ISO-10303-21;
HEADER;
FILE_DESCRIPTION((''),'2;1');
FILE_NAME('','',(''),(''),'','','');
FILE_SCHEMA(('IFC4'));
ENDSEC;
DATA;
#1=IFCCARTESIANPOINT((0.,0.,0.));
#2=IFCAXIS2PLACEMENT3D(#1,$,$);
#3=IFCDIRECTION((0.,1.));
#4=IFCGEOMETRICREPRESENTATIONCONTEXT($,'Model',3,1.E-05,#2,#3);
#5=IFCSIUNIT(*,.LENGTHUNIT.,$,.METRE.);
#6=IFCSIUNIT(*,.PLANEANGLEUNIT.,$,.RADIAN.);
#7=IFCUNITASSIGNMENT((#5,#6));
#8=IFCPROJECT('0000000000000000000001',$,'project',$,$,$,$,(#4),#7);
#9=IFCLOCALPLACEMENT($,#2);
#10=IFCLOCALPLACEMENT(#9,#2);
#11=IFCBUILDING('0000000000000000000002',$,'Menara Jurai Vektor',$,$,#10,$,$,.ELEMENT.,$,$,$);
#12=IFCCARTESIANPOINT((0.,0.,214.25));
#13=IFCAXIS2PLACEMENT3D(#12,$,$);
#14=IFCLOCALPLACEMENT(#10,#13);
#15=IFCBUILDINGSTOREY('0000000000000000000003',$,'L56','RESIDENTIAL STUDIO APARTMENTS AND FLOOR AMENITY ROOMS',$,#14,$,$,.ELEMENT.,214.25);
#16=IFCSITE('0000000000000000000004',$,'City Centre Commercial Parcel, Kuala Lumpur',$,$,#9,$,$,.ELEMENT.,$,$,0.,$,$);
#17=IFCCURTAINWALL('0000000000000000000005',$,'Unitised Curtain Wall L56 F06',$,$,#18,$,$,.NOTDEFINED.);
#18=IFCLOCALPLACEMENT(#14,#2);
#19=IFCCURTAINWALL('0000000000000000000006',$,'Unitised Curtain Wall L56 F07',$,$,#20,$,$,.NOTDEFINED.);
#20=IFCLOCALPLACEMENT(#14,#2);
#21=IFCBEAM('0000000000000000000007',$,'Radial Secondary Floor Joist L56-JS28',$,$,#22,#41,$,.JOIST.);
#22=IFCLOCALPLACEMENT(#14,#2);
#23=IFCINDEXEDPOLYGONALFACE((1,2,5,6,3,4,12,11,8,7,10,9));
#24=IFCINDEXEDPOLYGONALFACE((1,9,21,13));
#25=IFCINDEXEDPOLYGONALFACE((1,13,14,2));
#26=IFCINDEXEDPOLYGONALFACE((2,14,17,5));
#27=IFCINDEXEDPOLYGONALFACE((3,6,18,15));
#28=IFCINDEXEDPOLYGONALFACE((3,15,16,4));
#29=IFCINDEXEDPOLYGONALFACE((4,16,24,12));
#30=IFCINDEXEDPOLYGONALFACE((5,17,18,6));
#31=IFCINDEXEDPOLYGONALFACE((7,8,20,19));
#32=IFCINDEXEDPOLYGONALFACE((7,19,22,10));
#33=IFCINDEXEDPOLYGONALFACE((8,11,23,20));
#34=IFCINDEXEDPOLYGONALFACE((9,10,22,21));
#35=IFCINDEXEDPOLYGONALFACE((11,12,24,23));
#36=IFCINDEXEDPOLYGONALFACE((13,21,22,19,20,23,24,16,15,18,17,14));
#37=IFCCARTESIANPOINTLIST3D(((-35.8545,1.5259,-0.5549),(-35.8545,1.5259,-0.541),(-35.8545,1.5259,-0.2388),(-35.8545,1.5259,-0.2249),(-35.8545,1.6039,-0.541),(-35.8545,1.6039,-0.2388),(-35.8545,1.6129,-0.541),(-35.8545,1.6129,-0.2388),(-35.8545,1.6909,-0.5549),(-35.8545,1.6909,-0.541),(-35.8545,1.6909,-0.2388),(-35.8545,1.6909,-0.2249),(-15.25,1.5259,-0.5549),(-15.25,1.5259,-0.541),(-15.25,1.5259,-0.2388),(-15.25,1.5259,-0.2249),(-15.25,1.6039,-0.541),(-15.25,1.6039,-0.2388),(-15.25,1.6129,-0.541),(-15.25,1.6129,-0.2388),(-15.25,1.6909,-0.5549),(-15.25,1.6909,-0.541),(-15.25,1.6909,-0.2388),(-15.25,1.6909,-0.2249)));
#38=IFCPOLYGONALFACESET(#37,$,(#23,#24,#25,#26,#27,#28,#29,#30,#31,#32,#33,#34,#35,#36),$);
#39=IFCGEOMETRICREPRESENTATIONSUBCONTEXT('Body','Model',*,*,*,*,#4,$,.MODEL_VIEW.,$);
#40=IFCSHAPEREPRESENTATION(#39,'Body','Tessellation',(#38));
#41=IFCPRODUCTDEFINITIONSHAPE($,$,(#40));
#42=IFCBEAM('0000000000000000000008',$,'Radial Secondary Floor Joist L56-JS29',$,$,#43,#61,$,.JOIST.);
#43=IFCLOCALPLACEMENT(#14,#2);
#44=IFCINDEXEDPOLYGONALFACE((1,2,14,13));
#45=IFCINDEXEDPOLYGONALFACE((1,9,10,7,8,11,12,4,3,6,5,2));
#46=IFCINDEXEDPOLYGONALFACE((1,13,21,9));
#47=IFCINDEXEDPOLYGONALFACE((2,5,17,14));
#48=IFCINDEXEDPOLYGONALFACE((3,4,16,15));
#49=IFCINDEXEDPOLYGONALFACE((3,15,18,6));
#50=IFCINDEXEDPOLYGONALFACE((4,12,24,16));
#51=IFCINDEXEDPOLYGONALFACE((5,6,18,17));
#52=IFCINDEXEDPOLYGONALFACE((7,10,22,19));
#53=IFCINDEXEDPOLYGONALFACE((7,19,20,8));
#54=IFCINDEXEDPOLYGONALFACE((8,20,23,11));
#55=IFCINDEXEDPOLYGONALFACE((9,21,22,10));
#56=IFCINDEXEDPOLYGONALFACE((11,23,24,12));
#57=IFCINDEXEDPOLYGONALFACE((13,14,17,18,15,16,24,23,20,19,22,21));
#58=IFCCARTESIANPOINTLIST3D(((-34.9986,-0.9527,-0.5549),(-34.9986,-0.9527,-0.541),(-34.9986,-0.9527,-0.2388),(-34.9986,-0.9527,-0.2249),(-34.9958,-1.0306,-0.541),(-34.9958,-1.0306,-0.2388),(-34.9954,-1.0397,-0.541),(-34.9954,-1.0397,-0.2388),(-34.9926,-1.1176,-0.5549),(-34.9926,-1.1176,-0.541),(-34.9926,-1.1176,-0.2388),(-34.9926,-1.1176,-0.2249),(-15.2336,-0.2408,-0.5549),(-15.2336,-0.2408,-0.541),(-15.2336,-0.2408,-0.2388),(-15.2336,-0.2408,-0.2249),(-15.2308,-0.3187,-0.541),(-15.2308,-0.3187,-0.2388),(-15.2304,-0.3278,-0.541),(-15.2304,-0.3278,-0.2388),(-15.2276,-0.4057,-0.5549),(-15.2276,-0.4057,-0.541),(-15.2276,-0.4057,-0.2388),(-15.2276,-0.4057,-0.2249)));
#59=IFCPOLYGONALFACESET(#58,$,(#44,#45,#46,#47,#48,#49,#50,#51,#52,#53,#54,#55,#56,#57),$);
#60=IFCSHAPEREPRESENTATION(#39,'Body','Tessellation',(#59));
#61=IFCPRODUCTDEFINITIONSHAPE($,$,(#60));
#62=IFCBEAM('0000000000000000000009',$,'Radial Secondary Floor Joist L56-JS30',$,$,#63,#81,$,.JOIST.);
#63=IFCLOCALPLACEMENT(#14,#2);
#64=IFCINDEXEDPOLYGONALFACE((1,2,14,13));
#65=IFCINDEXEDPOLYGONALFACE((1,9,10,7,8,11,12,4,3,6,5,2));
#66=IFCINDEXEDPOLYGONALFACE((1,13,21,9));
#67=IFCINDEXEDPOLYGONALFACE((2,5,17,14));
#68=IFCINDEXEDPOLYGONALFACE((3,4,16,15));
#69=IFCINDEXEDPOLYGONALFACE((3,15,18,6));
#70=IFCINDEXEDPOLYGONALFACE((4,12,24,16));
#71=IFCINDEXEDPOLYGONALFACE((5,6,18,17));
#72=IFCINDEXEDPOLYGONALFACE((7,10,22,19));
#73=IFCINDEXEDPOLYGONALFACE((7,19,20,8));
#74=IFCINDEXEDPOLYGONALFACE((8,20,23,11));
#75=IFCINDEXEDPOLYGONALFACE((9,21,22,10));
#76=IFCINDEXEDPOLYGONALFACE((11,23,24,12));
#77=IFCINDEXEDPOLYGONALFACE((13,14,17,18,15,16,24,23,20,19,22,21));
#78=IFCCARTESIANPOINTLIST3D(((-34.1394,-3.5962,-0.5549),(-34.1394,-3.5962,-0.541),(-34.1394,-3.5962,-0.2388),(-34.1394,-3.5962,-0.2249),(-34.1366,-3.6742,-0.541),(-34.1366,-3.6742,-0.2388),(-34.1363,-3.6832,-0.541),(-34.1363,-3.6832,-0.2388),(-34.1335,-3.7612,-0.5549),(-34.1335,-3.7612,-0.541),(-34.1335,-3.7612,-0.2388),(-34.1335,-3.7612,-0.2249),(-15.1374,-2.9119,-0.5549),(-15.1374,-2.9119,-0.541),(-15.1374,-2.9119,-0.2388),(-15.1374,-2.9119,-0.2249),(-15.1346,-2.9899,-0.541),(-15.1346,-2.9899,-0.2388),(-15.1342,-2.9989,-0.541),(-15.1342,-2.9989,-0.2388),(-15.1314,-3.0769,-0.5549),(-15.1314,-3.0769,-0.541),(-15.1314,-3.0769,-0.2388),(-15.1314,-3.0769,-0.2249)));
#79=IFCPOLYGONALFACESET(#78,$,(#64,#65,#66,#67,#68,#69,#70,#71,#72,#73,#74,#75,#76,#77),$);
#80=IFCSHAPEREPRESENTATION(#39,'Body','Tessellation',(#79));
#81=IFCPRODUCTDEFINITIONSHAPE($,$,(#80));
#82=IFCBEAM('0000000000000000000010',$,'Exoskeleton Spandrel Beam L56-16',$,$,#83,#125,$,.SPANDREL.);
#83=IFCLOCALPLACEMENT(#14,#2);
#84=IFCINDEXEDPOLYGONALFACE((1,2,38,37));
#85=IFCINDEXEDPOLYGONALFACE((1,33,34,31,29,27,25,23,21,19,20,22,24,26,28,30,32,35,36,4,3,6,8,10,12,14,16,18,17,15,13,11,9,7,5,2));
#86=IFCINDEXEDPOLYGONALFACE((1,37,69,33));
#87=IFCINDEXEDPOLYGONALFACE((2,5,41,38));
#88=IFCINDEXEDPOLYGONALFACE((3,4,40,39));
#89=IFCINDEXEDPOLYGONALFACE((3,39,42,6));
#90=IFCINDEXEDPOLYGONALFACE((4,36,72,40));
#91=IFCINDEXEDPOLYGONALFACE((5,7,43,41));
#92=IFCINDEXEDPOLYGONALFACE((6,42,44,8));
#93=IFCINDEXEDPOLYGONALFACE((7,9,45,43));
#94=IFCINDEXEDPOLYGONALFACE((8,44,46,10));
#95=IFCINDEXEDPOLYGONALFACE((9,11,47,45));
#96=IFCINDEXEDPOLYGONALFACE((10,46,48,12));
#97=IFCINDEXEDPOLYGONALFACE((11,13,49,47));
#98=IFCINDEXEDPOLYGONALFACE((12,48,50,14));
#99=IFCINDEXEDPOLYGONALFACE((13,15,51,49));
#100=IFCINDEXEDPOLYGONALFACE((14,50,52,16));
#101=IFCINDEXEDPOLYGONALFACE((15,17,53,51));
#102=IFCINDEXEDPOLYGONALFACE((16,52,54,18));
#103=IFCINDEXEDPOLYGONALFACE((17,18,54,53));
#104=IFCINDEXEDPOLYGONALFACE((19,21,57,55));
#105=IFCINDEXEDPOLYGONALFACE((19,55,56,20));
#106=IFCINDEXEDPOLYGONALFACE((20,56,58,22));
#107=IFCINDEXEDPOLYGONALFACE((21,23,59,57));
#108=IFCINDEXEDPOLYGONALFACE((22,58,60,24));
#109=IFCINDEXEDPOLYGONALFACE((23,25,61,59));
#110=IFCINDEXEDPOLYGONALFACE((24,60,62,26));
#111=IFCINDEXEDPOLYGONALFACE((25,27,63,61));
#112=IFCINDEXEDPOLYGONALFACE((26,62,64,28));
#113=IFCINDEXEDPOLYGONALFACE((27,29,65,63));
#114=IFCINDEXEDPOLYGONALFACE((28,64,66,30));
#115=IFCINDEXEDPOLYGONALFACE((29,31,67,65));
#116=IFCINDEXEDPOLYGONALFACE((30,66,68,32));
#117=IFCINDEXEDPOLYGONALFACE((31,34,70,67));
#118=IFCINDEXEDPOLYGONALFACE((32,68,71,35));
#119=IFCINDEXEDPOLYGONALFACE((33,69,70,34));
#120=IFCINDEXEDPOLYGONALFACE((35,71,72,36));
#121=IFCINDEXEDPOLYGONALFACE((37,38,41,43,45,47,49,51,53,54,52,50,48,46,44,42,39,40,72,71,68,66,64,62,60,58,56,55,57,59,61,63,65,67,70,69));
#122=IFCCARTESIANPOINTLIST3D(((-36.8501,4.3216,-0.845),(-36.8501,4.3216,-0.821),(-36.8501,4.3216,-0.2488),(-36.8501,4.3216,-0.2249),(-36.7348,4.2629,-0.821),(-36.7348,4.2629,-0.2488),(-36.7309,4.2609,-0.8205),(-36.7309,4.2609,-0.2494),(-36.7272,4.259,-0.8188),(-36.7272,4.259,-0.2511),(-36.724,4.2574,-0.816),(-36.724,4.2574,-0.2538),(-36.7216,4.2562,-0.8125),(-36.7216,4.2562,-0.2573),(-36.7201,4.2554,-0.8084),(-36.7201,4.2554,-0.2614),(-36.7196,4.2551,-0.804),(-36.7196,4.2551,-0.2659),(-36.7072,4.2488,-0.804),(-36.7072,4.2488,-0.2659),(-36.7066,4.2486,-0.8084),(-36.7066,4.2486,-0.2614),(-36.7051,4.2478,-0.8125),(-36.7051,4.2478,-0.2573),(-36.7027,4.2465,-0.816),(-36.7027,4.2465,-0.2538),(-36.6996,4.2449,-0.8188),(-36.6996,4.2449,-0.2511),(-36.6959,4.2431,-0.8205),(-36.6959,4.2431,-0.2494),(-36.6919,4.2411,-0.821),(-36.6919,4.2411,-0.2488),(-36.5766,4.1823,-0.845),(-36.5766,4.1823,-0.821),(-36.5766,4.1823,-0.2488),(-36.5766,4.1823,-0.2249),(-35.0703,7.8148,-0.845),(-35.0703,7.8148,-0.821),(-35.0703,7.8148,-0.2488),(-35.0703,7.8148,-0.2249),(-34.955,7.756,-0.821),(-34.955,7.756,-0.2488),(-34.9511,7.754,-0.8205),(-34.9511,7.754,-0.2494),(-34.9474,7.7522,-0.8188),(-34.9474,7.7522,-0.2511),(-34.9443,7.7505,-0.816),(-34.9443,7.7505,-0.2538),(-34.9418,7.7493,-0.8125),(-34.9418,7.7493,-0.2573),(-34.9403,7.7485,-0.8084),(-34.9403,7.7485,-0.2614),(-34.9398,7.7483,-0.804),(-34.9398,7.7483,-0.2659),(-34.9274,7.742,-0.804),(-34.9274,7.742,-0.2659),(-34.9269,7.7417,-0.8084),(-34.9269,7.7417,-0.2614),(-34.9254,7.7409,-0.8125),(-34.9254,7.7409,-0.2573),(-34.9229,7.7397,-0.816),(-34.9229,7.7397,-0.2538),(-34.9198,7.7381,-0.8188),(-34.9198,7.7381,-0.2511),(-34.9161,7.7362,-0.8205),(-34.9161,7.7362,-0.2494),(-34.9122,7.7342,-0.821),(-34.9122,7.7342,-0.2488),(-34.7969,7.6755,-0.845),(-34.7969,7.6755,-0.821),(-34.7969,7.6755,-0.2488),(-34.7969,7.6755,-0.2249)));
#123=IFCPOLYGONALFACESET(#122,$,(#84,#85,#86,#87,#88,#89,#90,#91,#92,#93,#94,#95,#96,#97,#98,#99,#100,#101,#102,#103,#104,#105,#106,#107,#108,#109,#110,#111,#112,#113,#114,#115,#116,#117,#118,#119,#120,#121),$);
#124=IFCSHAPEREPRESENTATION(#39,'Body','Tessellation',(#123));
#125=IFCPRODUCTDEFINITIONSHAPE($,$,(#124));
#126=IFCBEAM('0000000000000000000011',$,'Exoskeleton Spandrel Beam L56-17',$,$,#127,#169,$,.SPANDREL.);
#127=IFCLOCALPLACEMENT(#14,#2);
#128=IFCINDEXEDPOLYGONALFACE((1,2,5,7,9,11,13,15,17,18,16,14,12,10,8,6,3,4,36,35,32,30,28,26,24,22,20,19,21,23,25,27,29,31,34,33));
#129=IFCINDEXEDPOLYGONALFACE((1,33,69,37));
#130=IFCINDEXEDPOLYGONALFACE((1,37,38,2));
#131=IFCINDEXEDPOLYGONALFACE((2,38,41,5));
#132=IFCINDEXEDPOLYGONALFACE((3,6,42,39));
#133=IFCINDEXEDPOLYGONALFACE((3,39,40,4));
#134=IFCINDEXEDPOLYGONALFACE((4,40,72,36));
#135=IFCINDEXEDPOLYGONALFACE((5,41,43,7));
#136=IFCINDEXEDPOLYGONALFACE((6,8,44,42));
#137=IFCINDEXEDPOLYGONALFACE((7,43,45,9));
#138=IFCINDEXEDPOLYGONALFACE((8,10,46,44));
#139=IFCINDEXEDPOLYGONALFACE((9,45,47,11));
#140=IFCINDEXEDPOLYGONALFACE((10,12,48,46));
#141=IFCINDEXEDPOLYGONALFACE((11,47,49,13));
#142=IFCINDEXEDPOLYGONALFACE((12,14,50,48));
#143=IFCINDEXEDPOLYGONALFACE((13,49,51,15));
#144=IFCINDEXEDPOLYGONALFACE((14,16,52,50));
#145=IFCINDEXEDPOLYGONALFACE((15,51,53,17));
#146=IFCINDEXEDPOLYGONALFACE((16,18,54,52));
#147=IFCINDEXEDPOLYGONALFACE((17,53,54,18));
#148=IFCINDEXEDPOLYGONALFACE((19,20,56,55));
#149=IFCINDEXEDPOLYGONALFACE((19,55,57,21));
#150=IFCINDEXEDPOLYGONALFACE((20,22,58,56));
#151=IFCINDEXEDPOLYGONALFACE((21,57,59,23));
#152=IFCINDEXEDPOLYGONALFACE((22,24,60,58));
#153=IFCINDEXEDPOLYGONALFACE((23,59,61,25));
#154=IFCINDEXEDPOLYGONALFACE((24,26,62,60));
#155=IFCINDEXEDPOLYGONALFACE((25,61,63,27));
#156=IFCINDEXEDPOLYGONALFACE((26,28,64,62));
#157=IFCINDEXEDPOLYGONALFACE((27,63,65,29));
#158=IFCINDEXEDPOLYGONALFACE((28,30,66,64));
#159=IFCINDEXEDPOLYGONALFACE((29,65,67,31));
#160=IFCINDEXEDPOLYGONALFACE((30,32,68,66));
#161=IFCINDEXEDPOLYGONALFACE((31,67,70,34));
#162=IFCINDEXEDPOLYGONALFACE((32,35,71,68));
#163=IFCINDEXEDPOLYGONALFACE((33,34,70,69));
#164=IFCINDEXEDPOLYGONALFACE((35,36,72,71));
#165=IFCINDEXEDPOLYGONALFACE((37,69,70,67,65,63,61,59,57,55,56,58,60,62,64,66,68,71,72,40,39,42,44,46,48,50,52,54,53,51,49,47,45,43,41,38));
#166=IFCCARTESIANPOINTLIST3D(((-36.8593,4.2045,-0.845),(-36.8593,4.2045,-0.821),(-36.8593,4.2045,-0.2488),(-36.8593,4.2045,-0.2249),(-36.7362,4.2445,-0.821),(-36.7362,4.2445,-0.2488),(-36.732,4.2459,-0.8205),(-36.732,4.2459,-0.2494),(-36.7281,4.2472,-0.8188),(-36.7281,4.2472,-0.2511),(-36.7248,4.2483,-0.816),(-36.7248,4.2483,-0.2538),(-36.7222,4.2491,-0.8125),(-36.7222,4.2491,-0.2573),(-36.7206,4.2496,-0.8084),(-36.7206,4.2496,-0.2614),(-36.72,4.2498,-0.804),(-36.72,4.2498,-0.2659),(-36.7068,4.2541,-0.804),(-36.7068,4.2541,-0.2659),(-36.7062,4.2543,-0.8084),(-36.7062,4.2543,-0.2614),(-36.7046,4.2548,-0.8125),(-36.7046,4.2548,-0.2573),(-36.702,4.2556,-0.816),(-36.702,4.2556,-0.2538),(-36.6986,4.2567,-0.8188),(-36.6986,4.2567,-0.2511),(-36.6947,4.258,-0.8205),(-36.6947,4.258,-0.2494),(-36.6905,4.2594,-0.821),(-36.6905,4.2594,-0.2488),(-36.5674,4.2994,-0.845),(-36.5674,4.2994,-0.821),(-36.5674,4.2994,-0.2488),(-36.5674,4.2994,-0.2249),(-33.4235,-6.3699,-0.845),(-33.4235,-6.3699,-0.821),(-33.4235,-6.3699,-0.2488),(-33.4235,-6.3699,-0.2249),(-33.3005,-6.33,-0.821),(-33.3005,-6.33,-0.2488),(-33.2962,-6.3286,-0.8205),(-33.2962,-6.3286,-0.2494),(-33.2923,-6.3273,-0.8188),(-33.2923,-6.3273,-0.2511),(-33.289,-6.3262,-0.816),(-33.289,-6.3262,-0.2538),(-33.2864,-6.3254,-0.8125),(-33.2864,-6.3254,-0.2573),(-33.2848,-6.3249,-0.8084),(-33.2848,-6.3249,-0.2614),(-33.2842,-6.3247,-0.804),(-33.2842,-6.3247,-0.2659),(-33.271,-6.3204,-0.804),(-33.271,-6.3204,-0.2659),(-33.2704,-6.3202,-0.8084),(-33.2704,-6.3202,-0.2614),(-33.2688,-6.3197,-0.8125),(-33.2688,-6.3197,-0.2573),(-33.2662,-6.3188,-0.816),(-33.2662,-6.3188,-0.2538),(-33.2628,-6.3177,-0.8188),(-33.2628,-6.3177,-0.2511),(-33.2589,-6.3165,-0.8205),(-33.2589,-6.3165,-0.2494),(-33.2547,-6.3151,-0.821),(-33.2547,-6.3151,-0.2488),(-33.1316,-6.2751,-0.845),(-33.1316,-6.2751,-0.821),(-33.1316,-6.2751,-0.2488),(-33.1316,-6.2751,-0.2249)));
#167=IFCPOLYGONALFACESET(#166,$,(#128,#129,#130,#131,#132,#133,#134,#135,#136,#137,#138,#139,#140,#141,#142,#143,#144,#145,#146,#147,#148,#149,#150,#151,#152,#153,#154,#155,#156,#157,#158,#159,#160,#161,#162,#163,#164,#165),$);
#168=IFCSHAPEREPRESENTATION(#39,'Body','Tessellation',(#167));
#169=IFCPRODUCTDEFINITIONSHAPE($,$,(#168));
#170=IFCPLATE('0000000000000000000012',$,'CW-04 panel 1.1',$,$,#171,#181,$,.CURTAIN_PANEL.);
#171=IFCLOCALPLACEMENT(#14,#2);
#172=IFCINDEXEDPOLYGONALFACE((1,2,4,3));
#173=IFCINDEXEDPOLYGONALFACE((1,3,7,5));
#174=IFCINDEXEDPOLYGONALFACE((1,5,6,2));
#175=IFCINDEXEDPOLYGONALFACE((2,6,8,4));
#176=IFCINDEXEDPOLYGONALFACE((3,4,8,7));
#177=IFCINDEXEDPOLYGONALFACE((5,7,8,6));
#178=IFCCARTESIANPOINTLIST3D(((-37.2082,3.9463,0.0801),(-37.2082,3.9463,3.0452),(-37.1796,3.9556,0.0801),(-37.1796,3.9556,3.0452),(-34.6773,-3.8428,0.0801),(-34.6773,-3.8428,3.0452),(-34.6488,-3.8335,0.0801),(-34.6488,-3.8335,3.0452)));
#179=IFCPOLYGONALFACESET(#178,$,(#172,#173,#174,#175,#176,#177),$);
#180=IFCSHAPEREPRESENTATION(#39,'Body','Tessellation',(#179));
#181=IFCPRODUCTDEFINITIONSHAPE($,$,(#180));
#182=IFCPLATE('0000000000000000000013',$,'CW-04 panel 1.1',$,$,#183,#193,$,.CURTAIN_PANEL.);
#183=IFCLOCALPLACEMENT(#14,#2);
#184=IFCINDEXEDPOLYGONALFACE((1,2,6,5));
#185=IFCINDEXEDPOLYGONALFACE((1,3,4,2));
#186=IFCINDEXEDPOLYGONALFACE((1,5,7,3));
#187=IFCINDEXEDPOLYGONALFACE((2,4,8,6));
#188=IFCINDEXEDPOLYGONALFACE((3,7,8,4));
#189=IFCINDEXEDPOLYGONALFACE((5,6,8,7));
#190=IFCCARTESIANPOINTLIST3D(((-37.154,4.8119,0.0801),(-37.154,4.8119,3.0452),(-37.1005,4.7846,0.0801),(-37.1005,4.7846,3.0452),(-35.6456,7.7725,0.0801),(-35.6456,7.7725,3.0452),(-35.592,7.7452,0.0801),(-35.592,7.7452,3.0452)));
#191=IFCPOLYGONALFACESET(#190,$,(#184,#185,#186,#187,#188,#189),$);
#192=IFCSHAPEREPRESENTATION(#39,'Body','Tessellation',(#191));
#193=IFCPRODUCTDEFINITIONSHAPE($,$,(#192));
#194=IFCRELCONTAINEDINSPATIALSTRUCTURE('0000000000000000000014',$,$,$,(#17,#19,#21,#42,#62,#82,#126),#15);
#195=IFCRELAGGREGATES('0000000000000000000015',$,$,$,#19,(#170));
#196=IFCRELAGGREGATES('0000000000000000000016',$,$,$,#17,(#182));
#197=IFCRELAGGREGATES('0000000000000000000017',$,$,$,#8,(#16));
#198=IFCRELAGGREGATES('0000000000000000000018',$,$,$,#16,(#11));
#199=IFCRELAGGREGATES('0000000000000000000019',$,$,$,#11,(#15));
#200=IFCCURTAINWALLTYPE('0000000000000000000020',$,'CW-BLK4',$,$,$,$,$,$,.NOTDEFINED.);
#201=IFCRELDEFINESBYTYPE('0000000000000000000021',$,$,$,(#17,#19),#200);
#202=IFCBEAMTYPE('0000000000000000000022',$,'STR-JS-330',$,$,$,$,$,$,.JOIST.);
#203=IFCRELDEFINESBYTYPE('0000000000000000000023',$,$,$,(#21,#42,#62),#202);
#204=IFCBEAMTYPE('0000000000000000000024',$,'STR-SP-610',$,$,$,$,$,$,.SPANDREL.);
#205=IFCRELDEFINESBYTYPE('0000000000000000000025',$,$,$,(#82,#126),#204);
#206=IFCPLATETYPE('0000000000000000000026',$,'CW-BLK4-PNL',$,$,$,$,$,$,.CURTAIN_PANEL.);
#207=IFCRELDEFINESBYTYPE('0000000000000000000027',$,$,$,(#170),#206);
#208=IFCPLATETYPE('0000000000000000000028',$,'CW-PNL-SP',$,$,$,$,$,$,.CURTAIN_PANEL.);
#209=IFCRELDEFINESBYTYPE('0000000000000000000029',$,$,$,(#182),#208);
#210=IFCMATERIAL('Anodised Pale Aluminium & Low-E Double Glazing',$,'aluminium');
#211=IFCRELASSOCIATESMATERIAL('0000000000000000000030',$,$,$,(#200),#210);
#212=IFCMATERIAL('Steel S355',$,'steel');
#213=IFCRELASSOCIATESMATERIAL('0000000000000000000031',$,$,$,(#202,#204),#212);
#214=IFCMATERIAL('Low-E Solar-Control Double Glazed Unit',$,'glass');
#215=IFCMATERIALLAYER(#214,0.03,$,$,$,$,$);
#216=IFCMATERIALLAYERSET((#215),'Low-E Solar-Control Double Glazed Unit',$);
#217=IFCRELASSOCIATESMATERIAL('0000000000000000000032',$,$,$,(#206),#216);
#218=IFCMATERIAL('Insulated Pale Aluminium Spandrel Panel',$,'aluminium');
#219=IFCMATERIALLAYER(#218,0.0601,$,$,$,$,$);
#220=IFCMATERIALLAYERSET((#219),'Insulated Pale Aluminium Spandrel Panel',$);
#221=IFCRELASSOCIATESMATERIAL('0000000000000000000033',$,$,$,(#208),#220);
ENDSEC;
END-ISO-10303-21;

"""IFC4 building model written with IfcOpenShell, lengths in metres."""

from ifc_helpers import new_model, si_unit, direction, frame, origin, origin_2d, place, context, subcontext, project, spatial, rectangle, i_section, extrude, material, layer, layer_set, material_profile, profile_set, type_object, element, aggregate, save


model = new_model("IFC4")

# Units and contexts
model_context = context("Model", 3, precision=1e-05, world=origin(), true_north=direction((0.0, 1.0)))
body_context = subcontext(model_context, "Body", "Model", "MODEL_VIEW")
ifc_project = project(units=[si_unit("LENGTHUNIT", "METRE"), si_unit("PLANEANGLEUNIT", "RADIAN")], contexts=[model_context])

# Site, building, storey
site_placement = place(None, origin())
site = spatial("IfcSite", under=ifc_project, at=site_placement, Name="City Centre Commercial Parcel, Kuala Lumpur", CompositionType="ELEMENT", RefElevation=0.0)
building_placement = place(site_placement, origin())
building = spatial("IfcBuilding", under=site, at=building_placement, Name="Menara Jurai Vektor", CompositionType="ELEMENT")
storey_placement = place(building_placement, frame((0.0, 0.0, 214.25)))
storey = spatial("IfcBuildingStorey", under=building, at=storey_placement, Name="L56", Description="RESIDENTIAL STUDIO APARTMENTS AND FLOOR AMENITY ROOMS", CompositionType="ELEMENT", Elevation=214.25)

# Shared definitions
ifc_material_1 = material(Name="Anodised Pale Aluminium & Low-E Double Glazing", Category="aluminium")
curtain_wall_type = type_object("IfcCurtainWallType", Name="CW-BLK4", PredefinedType="NOTDEFINED", material=ifc_material_1)

# Curtain walls
curtain_wall_1_placement = place(storey_placement, origin())
curtain_wall_1 = element("IfcCurtainWall", 1, at=curtain_wall_1_placement, inside=storey, type_object=curtain_wall_type, Name="Unitised Curtain Wall L56 F06", PredefinedType="NOTDEFINED")
curtain_wall_2_placement = place(storey_placement, origin())
curtain_wall_2 = element("IfcCurtainWall", 2, at=curtain_wall_2_placement, inside=storey, type_object=curtain_wall_type, Name="Unitised Curtain Wall L56 F07", PredefinedType="NOTDEFINED")

# Shared definitions
ifc_material_2 = material(Name="Steel S355", Category="steel")

# Beams
ifc_material_profile_1 = material_profile(ifc_material_2, i_section(OverallWidth=0.165, OverallDepth=0.3301, WebThickness=0.009, FlangeThickness=0.0139, at=origin_2d()), Name="PG 330x165x46")
ifc_profile_set_1 = profile_set([ifc_material_profile_1], Name="Steel S355")
beam_type_1 = type_object("IfcBeamType", Name="STR-JS-330", PredefinedType="JOIST", material=ifc_profile_set_1)
beam_1_placement = place(storey_placement, frame((-35.8545, 1.6084, -0.3899), z_axis=(1.0, 0.0, 0.0), x_axis=(0.0, 1.0, 0.0)))
element("IfcBeam", 3, at=beam_1_placement, inside=storey, type_object=beam_type_1, Name="Radial Secondary Floor Joist L56-JS28", PredefinedType="JOIST", context=body_context, shape_type="SweptSolid", body=[
    extrude(i_section(OverallWidth=0.165, OverallDepth=0.3301, WebThickness=0.009, FlangeThickness=0.0139, at=origin_2d()), origin(), (0.0, 0.0, 1.0), 20.6045),
])
beam_2_placement = place(storey_placement, frame((-34.9956, -1.0352, -0.3899), z_axis=(0.999352, 0.035995, 0.0), x_axis=(-0.035995, 0.999352, 0.0)))
element("IfcBeam", 4, at=beam_2_placement, inside=storey, type_object=beam_type_1, Name="Radial Secondary Floor Joist L56-JS29", PredefinedType="JOIST", context=body_context, shape_type="SweptSolid", body=[
    extrude(i_section(OverallWidth=0.165, OverallDepth=0.3301, WebThickness=0.009, FlangeThickness=0.0139, at=origin_2d()), origin(), (0.0, 0.0, 1.0), 19.7778),
])
beam_3_placement = place(storey_placement, frame((-34.1365, -3.6787, -0.3899), z_axis=(0.999352, 0.03599, 0.0), x_axis=(-0.03599, 0.999352, 0.0)))
element("IfcBeam", 5, at=beam_3_placement, inside=storey, type_object=beam_type_1, Name="Radial Secondary Floor Joist L56-JS30", PredefinedType="JOIST", context=body_context, shape_type="SweptSolid", body=[
    extrude(i_section(OverallWidth=0.165, OverallDepth=0.3301, WebThickness=0.009, FlangeThickness=0.0139, at=origin_2d()), origin(), (0.0, 0.0, 1.0), 19.0144),
])
ifc_material_profile_2 = material_profile(ifc_material_2, i_section(OverallWidth=0.3069, OverallDepth=0.6201, WebThickness=0.0139, FlangeThickness=0.0239, FilletRadius=0.0171, at=origin_2d()), Name="UKB 610x305x179")
ifc_profile_set_2 = profile_set([ifc_material_profile_2], Name="Steel S355")
beam_type_2 = type_object("IfcBeamType", Name="STR-SP-610", PredefinedType="SPANDREL", material=ifc_profile_set_2)
beam_4_placement = place(storey_placement, frame((-34.9336, 7.7451, -0.5349), z_axis=(-0.453976, -0.891014, 0.0), x_axis=(0.891014, -0.453976, 0.0)))
element("IfcBeam", 6, at=beam_4_placement, inside=storey, type_object=beam_type_2, Name="Exoskeleton Spandrel Beam L56-16", PredefinedType="SPANDREL", context=body_context, shape_type="SweptSolid", body=[
    extrude(i_section(OverallWidth=0.3069, OverallDepth=0.6201, WebThickness=0.0139, FlangeThickness=0.0239, FilletRadius=0.0171, at=origin_2d()), origin(), (0.0, 0.0, 1.0), 3.9204),
])
beam_5_placement = place(storey_placement, frame((-36.7134, 4.252, -0.5349), z_axis=(0.309012, -0.951058, 0.0), x_axis=(0.951058, 0.309012, 0.0)))
element("IfcBeam", 7, at=beam_5_placement, inside=storey, type_object=beam_type_2, Name="Exoskeleton Spandrel Beam L56-17", PredefinedType="SPANDREL", context=body_context, shape_type="SweptSolid", body=[
    extrude(i_section(OverallWidth=0.3069, OverallDepth=0.6201, WebThickness=0.0139, FlangeThickness=0.0239, FilletRadius=0.0171, at=origin_2d()), origin(), (0.0, 0.0, 1.0), 11.1187),
])

# Plates
ifc_material_3 = material(Name="Low-E Solar-Control Double Glazed Unit", Category="glass")
ifc_layer_1 = layer(ifc_material_3, 0.03)
ifc_layer_set_1 = layer_set([ifc_layer_1], Name="Low-E Solar-Control Double Glazed Unit")
plate_type_1 = type_object("IfcPlateType", Name="CW-BLK4-PNL", PredefinedType="CURTAIN_PANEL", material=ifc_layer_set_1)
plate_1_placement = place(storey_placement, frame((-35.9285, 0.0564, 0.0801), z_axis=(0.0, 0.0, 1.0), x_axis=(0.309016, -0.951057, 0.0)))
plate_1 = element("IfcPlate", 8, at=plate_1_placement, type_object=plate_type_1, Name="CW-04 panel 1.1", PredefinedType="CURTAIN_PANEL", context=body_context, shape_type="SweptSolid", body=[
    extrude(rectangle(XDim=8.1899, YDim=0.03, at=origin_2d()), origin(), (0.0, 0.0, 1.0), 2.9651),
])
aggregate(curtain_wall_2, [plate_1])
ifc_material_4 = material(Name="Insulated Pale Aluminium Spandrel Panel", Category="aluminium")
ifc_layer_2 = layer(ifc_material_4, 0.0601)
ifc_layer_set_2 = layer_set([ifc_layer_2], Name="Insulated Pale Aluminium Spandrel Panel")
plate_type_2 = type_object("IfcPlateType", Name="CW-PNL-SP", PredefinedType="CURTAIN_PANEL", material=ifc_layer_set_2)
plate_2_placement = place(storey_placement, frame((-36.373, 6.2786, 0.0801), z_axis=(0.0, 0.0, 1.0), x_axis=(-0.453989, -0.891008, 0.0)))
plate_2 = element("IfcPlate", 9, at=plate_2_placement, type_object=plate_type_2, Name="CW-04 panel 1.1", PredefinedType="CURTAIN_PANEL", context=body_context, shape_type="SweptSolid", body=[
    extrude(rectangle(XDim=3.3228, YDim=0.0601, at=origin_2d()), origin(), (0.0, 0.0, 1.0), 2.9651),
])
aggregate(curtain_wall_1, [plate_2])

save(model, "model.ifc")
